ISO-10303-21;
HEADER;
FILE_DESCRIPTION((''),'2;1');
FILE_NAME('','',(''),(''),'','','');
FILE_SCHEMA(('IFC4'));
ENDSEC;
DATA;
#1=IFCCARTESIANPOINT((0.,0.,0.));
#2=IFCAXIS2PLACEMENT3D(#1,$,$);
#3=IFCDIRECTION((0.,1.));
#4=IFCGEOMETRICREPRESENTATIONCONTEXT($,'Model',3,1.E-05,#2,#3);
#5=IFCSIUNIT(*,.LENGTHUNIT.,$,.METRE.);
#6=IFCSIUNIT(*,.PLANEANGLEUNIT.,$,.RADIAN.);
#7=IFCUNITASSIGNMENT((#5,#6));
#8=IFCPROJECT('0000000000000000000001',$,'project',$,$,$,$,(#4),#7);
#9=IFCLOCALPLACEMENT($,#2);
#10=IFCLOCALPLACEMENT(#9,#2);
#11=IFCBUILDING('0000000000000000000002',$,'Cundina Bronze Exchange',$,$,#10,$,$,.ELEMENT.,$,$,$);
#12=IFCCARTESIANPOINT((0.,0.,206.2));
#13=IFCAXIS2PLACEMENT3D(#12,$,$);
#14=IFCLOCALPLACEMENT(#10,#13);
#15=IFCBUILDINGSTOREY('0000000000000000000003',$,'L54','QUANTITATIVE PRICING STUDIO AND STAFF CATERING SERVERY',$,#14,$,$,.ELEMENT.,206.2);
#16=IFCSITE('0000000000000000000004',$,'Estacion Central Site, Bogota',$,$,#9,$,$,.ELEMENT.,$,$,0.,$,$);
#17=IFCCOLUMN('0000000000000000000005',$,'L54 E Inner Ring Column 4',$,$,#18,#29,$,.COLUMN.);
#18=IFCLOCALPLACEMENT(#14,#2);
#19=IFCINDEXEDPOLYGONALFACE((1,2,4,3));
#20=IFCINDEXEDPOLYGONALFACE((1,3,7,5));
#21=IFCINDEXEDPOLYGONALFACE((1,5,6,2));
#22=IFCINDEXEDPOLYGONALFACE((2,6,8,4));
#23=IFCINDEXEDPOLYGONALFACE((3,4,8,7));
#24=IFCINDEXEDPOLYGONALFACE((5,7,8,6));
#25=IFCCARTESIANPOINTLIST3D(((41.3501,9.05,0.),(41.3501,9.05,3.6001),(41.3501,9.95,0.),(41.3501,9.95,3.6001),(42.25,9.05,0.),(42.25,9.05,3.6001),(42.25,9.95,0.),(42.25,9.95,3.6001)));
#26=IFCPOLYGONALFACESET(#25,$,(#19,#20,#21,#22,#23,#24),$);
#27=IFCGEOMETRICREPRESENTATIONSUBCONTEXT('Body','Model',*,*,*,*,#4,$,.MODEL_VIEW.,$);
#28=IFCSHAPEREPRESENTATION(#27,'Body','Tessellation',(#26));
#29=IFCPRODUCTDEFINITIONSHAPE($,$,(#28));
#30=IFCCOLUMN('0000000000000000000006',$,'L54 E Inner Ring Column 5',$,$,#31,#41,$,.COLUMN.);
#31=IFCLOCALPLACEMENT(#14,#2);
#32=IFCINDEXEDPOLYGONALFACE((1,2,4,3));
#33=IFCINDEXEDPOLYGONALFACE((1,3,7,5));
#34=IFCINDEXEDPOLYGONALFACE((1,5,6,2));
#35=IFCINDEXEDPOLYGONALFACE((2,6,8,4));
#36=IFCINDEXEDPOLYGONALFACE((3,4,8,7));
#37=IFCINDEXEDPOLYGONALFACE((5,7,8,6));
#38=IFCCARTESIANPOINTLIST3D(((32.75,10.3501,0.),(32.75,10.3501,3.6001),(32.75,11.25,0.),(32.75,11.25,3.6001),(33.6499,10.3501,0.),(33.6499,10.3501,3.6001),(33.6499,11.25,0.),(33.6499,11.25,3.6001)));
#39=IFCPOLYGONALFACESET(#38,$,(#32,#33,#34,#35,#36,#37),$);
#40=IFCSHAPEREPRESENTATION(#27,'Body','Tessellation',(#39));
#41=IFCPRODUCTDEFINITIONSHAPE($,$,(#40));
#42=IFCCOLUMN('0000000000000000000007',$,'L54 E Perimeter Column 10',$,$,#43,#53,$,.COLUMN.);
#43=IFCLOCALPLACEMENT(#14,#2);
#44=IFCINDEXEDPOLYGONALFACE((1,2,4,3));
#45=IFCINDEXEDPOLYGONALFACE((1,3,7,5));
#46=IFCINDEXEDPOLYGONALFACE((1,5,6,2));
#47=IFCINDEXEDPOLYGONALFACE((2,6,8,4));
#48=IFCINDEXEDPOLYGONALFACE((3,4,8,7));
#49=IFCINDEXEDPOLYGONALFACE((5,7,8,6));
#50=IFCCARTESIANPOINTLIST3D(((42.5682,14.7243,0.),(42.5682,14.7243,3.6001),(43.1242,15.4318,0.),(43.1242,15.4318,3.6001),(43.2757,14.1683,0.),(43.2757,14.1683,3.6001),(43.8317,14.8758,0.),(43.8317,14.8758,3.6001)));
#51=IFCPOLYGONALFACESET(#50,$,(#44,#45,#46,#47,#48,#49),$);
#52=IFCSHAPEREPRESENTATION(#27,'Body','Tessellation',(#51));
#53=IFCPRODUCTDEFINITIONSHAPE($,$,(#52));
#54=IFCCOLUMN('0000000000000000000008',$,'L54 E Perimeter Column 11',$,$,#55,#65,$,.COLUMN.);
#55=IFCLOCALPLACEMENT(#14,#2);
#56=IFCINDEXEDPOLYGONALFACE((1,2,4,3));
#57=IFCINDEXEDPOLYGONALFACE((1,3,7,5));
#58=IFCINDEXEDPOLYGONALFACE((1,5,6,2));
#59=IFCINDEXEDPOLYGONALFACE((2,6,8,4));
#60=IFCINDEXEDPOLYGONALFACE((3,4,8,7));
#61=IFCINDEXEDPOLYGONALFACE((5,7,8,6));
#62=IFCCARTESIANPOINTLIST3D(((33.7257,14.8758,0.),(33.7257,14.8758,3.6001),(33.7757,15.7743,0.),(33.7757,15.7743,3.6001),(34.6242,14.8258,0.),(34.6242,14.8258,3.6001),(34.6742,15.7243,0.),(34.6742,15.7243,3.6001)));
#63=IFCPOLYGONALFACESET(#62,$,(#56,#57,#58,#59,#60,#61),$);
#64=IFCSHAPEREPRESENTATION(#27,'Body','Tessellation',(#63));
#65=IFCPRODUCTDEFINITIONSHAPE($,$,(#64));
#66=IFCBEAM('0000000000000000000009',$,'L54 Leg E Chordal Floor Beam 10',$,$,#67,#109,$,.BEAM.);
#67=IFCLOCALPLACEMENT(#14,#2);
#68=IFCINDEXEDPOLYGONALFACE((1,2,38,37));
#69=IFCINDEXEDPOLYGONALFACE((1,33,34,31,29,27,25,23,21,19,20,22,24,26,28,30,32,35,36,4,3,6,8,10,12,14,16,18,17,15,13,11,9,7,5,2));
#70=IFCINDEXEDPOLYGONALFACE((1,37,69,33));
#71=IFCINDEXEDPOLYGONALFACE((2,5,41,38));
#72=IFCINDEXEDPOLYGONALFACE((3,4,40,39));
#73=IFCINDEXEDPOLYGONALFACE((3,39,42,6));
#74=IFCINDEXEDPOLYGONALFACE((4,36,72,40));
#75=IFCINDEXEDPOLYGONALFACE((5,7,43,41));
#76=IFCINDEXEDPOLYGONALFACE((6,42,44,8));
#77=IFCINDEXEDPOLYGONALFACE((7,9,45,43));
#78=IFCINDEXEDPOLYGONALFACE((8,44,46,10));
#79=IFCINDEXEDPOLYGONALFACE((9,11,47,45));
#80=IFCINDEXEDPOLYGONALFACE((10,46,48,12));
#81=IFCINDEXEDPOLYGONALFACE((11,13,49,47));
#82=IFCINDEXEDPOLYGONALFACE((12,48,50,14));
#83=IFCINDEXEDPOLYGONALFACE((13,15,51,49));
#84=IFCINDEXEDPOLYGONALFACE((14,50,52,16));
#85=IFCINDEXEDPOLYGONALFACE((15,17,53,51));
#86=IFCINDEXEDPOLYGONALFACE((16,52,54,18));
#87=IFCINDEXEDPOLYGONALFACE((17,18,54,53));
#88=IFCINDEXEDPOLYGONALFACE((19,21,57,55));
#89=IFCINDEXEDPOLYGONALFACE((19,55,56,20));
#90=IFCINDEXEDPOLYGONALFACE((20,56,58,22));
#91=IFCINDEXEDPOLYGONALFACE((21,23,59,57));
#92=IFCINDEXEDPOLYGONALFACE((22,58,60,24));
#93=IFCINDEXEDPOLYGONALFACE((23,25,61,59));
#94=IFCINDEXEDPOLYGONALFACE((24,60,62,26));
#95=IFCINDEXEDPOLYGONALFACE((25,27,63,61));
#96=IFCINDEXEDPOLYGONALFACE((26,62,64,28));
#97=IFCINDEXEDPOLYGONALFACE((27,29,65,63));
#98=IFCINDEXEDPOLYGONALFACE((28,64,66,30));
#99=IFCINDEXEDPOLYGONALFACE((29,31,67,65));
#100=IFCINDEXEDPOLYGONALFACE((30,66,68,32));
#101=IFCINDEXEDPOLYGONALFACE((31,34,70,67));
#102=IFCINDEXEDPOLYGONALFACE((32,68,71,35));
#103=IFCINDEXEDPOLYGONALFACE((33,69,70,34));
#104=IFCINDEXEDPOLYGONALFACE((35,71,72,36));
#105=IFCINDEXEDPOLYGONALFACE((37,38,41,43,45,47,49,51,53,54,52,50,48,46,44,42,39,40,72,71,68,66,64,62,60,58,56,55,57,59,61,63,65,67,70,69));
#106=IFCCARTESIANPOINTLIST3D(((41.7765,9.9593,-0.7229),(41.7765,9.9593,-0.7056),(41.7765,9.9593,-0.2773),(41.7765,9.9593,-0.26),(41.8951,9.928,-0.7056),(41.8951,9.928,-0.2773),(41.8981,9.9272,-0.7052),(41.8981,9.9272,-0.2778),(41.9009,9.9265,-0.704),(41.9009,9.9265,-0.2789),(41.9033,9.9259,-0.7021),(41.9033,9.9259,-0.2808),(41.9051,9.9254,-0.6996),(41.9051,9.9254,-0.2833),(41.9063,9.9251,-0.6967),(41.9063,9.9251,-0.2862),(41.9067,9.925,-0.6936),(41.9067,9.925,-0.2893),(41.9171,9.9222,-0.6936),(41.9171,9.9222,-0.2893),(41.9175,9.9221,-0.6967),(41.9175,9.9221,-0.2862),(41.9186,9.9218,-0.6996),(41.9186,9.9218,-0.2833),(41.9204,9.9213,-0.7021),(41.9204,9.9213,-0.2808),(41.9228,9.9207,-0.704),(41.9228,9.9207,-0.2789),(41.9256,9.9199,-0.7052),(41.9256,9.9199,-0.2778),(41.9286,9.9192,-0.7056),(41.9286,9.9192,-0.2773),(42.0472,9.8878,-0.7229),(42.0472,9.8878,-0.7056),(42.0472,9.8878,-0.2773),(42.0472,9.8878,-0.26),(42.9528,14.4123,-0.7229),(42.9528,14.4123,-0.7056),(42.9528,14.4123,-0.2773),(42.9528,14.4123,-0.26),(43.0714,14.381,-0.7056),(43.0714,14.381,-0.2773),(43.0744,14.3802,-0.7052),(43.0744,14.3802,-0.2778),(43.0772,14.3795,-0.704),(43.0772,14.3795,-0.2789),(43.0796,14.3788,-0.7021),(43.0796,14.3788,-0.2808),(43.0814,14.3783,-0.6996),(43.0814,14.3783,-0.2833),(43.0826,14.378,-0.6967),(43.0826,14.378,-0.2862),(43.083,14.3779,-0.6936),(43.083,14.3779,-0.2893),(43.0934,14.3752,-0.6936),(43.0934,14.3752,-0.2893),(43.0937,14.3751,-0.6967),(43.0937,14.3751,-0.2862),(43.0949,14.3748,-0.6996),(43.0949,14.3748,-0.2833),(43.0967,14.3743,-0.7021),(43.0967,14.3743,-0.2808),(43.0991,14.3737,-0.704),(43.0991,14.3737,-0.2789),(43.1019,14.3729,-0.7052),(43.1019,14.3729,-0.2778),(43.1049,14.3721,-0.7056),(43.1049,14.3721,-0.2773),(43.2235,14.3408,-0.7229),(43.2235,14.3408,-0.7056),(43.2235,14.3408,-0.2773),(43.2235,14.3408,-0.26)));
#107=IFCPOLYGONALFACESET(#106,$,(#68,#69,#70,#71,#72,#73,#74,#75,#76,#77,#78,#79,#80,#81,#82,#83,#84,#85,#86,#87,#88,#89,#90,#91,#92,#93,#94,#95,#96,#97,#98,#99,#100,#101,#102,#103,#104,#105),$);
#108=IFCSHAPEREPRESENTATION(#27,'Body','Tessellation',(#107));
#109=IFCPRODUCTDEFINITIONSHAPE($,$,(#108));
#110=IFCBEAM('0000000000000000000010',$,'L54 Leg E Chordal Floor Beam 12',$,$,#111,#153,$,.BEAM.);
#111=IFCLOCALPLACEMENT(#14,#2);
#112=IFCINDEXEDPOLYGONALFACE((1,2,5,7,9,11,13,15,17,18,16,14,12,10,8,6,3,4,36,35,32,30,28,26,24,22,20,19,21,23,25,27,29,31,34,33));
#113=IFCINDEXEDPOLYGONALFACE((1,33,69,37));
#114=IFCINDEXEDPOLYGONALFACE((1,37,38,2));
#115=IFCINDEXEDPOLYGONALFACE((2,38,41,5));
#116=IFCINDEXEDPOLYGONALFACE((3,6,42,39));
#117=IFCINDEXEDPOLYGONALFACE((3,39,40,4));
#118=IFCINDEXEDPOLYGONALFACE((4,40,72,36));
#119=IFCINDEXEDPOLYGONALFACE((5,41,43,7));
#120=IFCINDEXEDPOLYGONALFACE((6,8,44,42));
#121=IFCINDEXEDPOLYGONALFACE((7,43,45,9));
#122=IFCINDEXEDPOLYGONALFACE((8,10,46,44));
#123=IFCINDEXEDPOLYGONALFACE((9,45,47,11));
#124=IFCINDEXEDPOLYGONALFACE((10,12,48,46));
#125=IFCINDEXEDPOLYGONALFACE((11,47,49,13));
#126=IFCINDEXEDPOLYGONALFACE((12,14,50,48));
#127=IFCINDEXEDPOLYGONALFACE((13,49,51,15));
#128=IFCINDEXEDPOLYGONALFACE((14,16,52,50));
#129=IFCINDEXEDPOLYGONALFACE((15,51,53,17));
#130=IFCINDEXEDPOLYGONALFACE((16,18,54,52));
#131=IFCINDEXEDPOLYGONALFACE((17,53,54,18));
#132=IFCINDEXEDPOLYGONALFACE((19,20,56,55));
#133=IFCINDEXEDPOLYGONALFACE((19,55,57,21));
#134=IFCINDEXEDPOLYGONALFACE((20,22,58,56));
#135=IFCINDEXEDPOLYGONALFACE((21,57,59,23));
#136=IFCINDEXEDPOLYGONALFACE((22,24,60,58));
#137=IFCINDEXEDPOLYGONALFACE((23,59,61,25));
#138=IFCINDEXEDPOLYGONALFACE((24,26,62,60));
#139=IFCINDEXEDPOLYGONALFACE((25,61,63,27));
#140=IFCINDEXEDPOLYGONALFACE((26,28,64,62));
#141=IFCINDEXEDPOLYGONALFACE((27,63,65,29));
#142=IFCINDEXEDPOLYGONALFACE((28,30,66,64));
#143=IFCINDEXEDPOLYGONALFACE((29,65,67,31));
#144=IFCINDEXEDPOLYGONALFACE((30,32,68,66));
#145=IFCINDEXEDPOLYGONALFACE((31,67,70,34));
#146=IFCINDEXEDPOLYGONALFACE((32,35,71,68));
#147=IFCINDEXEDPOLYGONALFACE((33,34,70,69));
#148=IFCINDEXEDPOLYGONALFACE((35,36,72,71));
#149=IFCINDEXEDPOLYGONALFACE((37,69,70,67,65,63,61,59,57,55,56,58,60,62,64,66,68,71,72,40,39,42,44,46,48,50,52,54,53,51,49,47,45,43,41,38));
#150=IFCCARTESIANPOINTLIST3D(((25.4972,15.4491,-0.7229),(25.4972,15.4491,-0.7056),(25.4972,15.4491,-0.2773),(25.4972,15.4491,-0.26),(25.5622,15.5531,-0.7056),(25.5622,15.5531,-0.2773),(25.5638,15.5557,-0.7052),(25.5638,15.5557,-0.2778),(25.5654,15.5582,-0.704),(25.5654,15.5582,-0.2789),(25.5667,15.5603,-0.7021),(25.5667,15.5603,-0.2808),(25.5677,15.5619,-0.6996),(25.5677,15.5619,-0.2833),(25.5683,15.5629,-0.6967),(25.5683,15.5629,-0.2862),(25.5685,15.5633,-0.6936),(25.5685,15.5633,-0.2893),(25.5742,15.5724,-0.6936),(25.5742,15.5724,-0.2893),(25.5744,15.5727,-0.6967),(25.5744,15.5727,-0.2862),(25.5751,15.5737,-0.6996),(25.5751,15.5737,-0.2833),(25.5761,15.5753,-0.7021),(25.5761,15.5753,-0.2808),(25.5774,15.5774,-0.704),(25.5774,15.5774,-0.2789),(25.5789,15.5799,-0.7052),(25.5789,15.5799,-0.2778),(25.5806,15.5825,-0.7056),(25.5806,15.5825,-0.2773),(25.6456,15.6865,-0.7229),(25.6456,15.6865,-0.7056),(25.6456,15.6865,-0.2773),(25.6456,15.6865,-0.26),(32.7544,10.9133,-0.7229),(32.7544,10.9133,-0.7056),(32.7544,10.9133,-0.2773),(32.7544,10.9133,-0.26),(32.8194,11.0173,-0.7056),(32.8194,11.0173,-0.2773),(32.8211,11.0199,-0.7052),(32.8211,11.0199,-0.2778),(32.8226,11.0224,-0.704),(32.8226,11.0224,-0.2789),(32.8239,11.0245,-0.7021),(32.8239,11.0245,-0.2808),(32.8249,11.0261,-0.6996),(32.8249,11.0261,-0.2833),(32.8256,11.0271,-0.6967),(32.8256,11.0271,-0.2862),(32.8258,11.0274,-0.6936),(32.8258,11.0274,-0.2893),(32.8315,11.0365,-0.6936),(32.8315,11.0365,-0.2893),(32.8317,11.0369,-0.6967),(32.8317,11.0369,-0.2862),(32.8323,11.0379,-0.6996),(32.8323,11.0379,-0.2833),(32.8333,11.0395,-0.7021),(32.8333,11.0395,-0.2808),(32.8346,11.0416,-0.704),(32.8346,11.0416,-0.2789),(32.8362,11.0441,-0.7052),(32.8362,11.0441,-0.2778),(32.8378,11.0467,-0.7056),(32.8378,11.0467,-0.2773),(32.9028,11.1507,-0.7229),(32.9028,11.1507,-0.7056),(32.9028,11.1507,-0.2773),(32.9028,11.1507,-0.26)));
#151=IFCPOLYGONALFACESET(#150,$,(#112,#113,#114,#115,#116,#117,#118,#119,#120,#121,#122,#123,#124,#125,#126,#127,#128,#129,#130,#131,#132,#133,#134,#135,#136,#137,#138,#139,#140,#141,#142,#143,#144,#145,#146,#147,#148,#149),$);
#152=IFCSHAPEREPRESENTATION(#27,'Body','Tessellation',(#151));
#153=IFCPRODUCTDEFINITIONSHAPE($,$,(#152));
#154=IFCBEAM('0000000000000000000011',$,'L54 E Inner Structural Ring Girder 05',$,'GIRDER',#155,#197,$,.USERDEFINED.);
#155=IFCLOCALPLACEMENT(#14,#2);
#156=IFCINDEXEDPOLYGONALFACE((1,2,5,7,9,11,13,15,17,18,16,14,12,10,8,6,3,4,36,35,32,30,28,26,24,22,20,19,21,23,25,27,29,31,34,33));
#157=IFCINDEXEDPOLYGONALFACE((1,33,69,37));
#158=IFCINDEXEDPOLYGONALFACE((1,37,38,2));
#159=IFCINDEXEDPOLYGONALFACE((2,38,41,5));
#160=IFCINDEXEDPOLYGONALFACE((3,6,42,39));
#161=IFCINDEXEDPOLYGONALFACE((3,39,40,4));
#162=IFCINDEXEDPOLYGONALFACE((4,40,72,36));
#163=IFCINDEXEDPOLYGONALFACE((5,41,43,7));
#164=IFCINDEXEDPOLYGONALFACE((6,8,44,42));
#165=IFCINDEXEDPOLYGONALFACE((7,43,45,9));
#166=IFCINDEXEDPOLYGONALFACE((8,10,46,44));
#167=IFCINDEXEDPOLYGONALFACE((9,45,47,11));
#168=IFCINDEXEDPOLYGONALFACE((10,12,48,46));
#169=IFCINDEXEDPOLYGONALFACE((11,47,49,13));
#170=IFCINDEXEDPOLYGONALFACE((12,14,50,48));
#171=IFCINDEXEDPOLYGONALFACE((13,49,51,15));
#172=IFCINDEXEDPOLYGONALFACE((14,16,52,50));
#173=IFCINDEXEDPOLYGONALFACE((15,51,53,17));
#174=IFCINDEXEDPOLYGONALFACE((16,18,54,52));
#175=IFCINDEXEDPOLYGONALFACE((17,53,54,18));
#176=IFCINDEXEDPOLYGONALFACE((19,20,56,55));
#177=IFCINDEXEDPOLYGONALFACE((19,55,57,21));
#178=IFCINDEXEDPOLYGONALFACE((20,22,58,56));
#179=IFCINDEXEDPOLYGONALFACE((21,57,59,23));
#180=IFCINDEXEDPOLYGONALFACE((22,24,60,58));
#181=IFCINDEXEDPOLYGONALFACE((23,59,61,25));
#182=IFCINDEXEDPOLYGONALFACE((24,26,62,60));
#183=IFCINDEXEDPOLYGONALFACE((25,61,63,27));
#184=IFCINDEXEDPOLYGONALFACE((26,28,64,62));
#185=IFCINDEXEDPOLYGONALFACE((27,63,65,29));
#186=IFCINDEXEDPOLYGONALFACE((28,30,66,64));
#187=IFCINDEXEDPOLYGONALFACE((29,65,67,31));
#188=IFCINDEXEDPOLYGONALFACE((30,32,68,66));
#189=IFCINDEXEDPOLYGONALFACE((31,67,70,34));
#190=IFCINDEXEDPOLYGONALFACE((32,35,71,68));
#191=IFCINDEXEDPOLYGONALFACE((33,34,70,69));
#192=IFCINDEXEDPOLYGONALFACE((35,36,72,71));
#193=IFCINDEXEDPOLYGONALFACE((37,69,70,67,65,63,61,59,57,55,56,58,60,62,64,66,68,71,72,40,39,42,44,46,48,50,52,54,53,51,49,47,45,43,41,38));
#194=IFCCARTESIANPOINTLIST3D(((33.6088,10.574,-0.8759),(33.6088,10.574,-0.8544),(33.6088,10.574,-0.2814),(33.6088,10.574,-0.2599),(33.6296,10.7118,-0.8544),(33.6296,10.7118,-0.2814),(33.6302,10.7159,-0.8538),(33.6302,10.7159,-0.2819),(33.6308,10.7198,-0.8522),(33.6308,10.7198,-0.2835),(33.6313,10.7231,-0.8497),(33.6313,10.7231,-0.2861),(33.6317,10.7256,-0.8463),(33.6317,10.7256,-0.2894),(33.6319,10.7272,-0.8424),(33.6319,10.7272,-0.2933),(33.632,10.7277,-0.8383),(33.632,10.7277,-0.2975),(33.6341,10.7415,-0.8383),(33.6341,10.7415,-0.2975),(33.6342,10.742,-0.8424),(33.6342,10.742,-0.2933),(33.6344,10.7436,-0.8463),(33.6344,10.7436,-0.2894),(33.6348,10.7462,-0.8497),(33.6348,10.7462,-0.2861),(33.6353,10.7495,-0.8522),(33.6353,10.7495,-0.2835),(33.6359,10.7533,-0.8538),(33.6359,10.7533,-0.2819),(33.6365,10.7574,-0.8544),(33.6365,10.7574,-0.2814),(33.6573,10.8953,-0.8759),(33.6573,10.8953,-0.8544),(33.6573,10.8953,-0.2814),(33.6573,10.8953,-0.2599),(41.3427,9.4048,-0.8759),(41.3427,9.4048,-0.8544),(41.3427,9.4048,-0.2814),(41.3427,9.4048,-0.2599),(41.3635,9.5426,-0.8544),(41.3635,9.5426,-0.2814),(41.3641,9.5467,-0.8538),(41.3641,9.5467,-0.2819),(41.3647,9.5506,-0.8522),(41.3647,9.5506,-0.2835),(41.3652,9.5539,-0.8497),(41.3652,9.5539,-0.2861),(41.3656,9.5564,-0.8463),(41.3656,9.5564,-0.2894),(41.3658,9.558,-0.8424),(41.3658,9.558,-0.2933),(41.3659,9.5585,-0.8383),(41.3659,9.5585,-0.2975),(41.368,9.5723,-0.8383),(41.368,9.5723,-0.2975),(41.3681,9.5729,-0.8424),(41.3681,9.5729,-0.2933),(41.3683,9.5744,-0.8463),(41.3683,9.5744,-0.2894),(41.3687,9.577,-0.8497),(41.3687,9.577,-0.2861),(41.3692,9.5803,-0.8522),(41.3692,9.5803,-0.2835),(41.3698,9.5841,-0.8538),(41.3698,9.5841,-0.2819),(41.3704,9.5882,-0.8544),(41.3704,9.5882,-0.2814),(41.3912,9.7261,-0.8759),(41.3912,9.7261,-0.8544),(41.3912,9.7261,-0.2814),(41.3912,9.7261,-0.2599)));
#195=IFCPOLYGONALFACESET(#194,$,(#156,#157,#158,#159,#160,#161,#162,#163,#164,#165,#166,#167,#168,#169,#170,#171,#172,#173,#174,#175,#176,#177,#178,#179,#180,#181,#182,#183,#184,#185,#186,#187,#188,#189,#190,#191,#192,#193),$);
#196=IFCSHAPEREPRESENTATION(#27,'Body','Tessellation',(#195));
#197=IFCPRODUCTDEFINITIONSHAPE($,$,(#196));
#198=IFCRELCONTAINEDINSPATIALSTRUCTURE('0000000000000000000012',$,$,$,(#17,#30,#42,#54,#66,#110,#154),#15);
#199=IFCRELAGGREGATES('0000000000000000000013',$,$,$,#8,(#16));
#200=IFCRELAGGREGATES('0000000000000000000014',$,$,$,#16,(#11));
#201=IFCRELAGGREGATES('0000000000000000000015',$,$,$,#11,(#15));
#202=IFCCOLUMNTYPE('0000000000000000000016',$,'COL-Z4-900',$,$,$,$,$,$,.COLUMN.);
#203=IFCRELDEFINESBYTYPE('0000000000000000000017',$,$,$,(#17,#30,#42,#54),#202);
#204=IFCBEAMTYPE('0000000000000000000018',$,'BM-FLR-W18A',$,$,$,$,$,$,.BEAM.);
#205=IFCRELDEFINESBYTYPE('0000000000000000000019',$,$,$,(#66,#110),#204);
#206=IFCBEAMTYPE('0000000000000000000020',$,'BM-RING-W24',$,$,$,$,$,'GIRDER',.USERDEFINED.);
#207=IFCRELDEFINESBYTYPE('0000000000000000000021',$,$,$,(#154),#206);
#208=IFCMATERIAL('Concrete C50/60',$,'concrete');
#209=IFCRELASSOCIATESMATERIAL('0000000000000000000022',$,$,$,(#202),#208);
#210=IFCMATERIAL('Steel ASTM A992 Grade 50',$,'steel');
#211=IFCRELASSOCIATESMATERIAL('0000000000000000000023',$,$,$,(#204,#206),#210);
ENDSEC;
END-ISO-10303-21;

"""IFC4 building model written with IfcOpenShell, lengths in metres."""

from ifc_helpers import new_model, si_unit, direction, frame, origin, origin_2d, place, context, subcontext, project, spatial, rectangle, i_section, extrude, material, material_profile, profile_set, type_object, element, save


model = new_model("IFC4")

# Units and contexts
model_context = context("Model", 3, precision=1e-05, world=origin(), true_north=direction((0.0, 1.0)))
body_context = subcontext(model_context, "Body", "Model", "MODEL_VIEW")
ifc_project = project(units=[si_unit("LENGTHUNIT", "METRE"), si_unit("PLANEANGLEUNIT", "RADIAN")], contexts=[model_context])

# Site, building, storey
site_placement = place(None, origin())
site = spatial("IfcSite", under=ifc_project, at=site_placement, Name="Estacion Central Site, Bogota", CompositionType="ELEMENT", RefElevation=0.0)
building_placement = place(site_placement, origin())
building = spatial("IfcBuilding", under=site, at=building_placement, Name="Cundina Bronze Exchange", CompositionType="ELEMENT")
storey_placement = place(building_placement, frame((0.0, 0.0, 206.2)))
storey = spatial("IfcBuildingStorey", under=building, at=storey_placement, Name="L54", Description="QUANTITATIVE PRICING STUDIO AND STAFF CATERING SERVERY", CompositionType="ELEMENT", Elevation=206.2)

# Columns
ifc_material_1 = material(Name="Concrete C50/60", Category="concrete")
ifc_material_profile_1 = material_profile(ifc_material_1, rectangle(XDim=0.8999, YDim=0.8999, at=origin_2d()), Name="RC900X900", Category="concrete")
ifc_profile_set_1 = profile_set([ifc_material_profile_1], Name="Concrete C50/60")
column_type = type_object("IfcColumnType", Name="COL-Z4-900", PredefinedType="COLUMN", material=ifc_profile_set_1)
for number, where, z_axis, x_axis, name in (
    (1, (41.8, 9.5, 0.0), (0.0, 0.0, 1.0), (1.0, 0.0, 0.0), "L54 E Inner Ring Column 4"),
    (2, (33.2, 10.8, 0.0), (0.0, 0.0, 1.0), (1.0, 0.0, 0.0), "L54 E Inner Ring Column 5"),
    (3, (43.2, 14.8, 0.0), (0.0, 0.0, 1.0), (-0.786288, 0.61786, 0.0), "L54 E Perimeter Column 10"),
    (4, (34.2, 15.3, 0.0), (0.0, 0.0, 1.0), (-0.99846, 0.055473, 0.0), "L54 E Perimeter Column 11"),
):
    element("IfcColumn", number, at=place(storey_placement, frame(where, z_axis=z_axis, x_axis=x_axis)), inside=storey, type_object=column_type, Name=name, PredefinedType="COLUMN", context=body_context, shape_type="SweptSolid", body=[
        extrude(rectangle(XDim=0.8999, YDim=0.8999, at=origin_2d()), origin(), (0.0, 0.0, 1.0), 3.6001),
    ])

# Beams
ifc_material_2 = material(Name="Steel ASTM A992 Grade 50", Category="steel")
ifc_material_profile_2 = material_profile(ifc_material_2, i_section(OverallWidth=0.28, OverallDepth=0.4629, WebThickness=0.0107, FlangeThickness=0.0173, FilletRadius=0.012, at=origin_2d()), Name="W18X76", Category="steel")
ifc_profile_set_2 = profile_set([ifc_material_profile_2], Name="Steel ASTM A992 Grade 50")
beam_type_1 = type_object("IfcBeamType", Name="BM-FLR-W18A", PredefinedType="BEAM", material=ifc_profile_set_2)
beam_1_placement = place(storey_placement, frame((41.9119, 9.9236, -0.4915), z_axis=(0.255399, 0.966836, 0.0), x_axis=(-0.966836, 0.255399, 0.0)))
element("IfcBeam", 5, at=beam_1_placement, inside=storey, type_object=beam_type_1, Name="L54 Leg E Chordal Floor Beam 10", PredefinedType="BEAM", context=body_context, shape_type="SweptSolid", body=[
    extrude(i_section(OverallWidth=0.28, OverallDepth=0.4629, WebThickness=0.0107, FlangeThickness=0.0173, FilletRadius=0.012, at=origin_2d()), origin(), (0.0, 0.0, 1.0), 4.6057),
])
beam_2_placement = place(storey_placement, frame((32.8286, 11.032, -0.4915), z_axis=(-0.847995, 0.530004, 0.0), x_axis=(-0.530004, -0.847995, 0.0)))
element("IfcBeam", 6, at=beam_2_placement, inside=storey, type_object=beam_type_1, Name="L54 Leg E Chordal Floor Beam 12", PredefinedType="BEAM", context=body_context, shape_type="SweptSolid", body=[
    extrude(i_section(OverallWidth=0.28, OverallDepth=0.4629, WebThickness=0.0107, FlangeThickness=0.0173, FilletRadius=0.012, at=origin_2d()), origin(), (0.0, 0.0, 1.0), 8.5581),
])
ifc_material_profile_3 = material_profile(ifc_material_2, i_section(OverallWidth=0.325, OverallDepth=0.616, WebThickness=0.0139, FlangeThickness=0.0215, FilletRadius=0.0161, at=origin_2d()), Name="W24X117", Category="steel")
ifc_profile_set_3 = profile_set([ifc_material_profile_3], Name="Steel ASTM A992 Grade 50")
beam_type_2 = type_object("IfcBeamType", Name="BM-RING-W24", ElementType="GIRDER", PredefinedType="USERDEFINED", material=ifc_profile_set_3)
beam_3_placement = place(storey_placement, frame((41.3669, 9.5654, -0.5679), z_axis=(-0.988765, 0.149479, 0.0), x_axis=(-0.149479, -0.988765, 0.0)))
element("IfcBeam", 7, at=beam_3_placement, inside=storey, type_object=beam_type_2, Name="L54 E Inner Structural Ring Girder 05", ObjectType="GIRDER", PredefinedType="USERDEFINED", context=body_context, shape_type="SweptSolid", body=[
    extrude(i_section(OverallWidth=0.325, OverallDepth=0.616, WebThickness=0.0139, FlangeThickness=0.0215, FilletRadius=0.0161, at=origin_2d()), origin(), (0.0, 0.0, 1.0), 7.8218),
])

save(model, "model.ifc")
